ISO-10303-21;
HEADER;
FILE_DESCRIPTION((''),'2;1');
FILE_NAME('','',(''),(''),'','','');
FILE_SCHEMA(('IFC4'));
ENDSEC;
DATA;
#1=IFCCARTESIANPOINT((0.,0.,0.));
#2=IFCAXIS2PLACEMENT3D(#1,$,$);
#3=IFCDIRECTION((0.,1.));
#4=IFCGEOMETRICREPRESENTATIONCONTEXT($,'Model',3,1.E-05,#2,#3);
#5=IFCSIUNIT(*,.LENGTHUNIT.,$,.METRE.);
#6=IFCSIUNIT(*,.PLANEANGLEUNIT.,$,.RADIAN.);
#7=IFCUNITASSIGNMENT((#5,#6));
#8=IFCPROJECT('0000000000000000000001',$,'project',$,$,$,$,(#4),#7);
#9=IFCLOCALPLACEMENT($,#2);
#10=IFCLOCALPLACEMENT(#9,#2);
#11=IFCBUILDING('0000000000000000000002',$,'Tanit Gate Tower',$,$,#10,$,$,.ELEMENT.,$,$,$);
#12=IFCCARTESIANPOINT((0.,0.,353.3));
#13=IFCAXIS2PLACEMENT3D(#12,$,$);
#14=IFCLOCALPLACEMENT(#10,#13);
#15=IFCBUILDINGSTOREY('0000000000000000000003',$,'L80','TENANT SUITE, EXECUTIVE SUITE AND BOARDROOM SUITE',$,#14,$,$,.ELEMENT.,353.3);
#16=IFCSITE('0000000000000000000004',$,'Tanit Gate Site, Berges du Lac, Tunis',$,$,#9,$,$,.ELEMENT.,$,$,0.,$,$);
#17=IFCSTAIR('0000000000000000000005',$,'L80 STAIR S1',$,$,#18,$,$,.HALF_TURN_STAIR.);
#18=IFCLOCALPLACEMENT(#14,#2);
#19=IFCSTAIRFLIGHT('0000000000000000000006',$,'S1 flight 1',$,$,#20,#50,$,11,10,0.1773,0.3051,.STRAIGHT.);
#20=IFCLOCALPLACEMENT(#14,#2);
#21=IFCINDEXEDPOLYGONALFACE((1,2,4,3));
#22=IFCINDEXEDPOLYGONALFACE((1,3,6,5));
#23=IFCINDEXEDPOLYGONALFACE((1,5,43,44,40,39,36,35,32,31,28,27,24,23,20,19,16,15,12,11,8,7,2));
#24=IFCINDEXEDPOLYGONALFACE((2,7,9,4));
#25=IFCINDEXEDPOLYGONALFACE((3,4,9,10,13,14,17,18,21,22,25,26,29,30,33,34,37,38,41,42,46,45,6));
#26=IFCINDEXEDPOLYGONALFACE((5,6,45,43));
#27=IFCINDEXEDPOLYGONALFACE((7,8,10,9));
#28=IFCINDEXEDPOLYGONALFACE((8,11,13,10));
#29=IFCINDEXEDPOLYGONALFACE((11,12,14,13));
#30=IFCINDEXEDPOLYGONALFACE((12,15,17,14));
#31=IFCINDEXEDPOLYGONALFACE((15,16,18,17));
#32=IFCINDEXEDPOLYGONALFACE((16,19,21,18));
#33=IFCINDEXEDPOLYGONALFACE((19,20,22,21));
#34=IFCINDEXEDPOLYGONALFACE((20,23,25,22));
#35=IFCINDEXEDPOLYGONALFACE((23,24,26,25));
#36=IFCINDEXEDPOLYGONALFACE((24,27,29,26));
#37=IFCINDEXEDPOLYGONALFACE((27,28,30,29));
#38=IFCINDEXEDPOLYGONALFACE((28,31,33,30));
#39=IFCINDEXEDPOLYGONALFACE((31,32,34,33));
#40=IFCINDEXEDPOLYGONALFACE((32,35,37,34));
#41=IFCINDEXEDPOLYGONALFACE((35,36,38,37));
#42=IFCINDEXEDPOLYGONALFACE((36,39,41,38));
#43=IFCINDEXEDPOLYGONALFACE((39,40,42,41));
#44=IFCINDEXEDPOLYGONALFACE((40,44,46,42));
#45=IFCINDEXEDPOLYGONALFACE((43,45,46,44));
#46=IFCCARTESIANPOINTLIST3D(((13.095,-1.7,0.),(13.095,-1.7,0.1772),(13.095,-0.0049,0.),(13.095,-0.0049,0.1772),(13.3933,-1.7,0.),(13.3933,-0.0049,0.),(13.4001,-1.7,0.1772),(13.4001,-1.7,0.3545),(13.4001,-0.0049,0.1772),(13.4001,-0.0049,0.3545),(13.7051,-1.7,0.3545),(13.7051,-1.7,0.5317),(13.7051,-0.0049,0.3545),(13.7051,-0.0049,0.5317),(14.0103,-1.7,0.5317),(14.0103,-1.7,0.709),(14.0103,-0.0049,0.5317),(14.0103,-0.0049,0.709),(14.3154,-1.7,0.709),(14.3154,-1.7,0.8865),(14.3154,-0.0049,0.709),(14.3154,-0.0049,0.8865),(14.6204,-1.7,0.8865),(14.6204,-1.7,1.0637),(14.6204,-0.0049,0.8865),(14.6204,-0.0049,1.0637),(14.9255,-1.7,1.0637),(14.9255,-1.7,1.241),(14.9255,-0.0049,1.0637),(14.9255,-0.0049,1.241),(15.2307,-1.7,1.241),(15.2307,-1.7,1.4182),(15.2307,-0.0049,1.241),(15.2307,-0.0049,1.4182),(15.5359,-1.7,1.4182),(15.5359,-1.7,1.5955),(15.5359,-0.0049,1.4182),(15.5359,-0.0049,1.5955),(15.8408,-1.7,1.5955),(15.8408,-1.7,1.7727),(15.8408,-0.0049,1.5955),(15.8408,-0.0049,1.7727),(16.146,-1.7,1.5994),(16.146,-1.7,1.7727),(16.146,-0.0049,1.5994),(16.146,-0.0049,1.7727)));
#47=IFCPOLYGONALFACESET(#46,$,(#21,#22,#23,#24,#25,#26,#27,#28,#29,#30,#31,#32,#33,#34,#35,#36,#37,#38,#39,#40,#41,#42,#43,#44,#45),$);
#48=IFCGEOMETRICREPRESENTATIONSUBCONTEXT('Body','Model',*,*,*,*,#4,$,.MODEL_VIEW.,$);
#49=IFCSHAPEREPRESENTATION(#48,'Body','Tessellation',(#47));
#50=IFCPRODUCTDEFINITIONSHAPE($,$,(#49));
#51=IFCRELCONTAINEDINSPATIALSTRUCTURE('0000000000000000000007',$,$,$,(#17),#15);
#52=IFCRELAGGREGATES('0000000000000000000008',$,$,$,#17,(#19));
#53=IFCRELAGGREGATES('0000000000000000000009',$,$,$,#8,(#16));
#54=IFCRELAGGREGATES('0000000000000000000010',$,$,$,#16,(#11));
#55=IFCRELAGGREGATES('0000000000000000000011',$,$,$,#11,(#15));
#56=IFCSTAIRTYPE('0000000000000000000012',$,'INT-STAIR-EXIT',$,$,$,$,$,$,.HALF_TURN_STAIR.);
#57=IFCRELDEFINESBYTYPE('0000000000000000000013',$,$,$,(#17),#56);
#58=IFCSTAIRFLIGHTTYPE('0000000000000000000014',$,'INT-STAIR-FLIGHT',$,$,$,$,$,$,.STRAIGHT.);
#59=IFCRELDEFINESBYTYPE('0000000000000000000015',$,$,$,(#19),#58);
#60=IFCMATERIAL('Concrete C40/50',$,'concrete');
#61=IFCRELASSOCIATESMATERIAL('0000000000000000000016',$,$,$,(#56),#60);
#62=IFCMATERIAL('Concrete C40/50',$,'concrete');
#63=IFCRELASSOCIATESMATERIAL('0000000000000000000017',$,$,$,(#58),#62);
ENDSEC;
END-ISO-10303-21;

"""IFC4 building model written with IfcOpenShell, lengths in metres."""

from ifc_helpers import new_model, si_unit, direction, frame, origin, place, context, subcontext, project, spatial, polyline, outline, extrude, material, type_object, element, aggregate, save


model = new_model("IFC4")

# Units and contexts
model_context = context("Model", 3, precision=1e-05, world=origin(), true_north=direction((0.0, 1.0)))
body_context = subcontext(model_context, "Body", "Model", "MODEL_VIEW")
ifc_project = project(units=[si_unit("LENGTHUNIT", "METRE"), si_unit("PLANEANGLEUNIT", "RADIAN")], contexts=[model_context])

# Site, building, storey
site_placement = place(None, origin())
site = spatial("IfcSite", under=ifc_project, at=site_placement, Name="Tanit Gate Site, Berges du Lac, Tunis", CompositionType="ELEMENT", RefElevation=0.0)
building_placement = place(site_placement, origin())
building = spatial("IfcBuilding", under=site, at=building_placement, Name="Tanit Gate Tower", CompositionType="ELEMENT")
storey_placement = place(building_placement, frame((0.0, 0.0, 353.3)))
storey = spatial("IfcBuildingStorey", under=building, at=storey_placement, Name="L80", Description="TENANT SUITE, EXECUTIVE SUITE AND BOARDROOM SUITE", CompositionType="ELEMENT", Elevation=353.3)

# Stair, stair flight
ifc_material_1 = material(Name="Concrete C40/50", Category="concrete")
stair_type = type_object("IfcStairType", Name="INT-STAIR-EXIT", PredefinedType="HALF_TURN_STAIR", material=ifc_material_1)
stair_placement = place(storey_placement, origin())
stair = element("IfcStair", 1, at=stair_placement, inside=storey, type_object=stair_type, Name="L80 STAIR S1", PredefinedType="HALF_TURN_STAIR")
ifc_material_2 = material(Name="Concrete C40/50", Category="concrete")
stair_flight_type = type_object("IfcStairFlightType", Name="INT-STAIR-FLIGHT", PredefinedType="STRAIGHT", material=ifc_material_2)
stair_flight_placement = place(storey_placement, frame((13.095, -0.8525, 0.0), z_axis=(0.0, 0.0, 1.0), x_axis=(1.0, 0.0, 0.0)))
stair_flight = element("IfcStairFlight", 2, at=stair_flight_placement, type_object=stair_flight_type, Name="S1 flight 1", NumberOfRisers=11, NumberOfTreads=10, PredefinedType="STRAIGHT", RiserHeight=0.1773, TreadLength=0.3051, context=body_context, shape_type="SweptSolid", body=[
    extrude(outline(polyline([(0.0, 0.0), (0.0, 0.1772), (0.3052, 0.1772), (0.3052, 0.3545), (0.6101, 0.3545), (0.6101, 0.5317), (0.9153, 0.5317), (0.9153, 0.709), (1.2205, 0.709), (1.2205, 0.8865), (1.5254, 0.8865), (1.5254, 1.0637), (1.8306, 1.0637), (1.8306, 1.241), (2.1357, 1.241), (2.1357, 1.4182), (2.4409, 1.4182), (2.4409, 1.5955), (2.7458, 1.5955), (2.7458, 1.7727), (3.051, 1.7727), (3.051, 1.95), (3.051, 1.5994), (0.2983, 0.0), (0.0, 0.0)])), frame((0.0, 0.8477, 0.0), z_axis=(0.0, -1.0, 0.0), x_axis=(1.0, 0.0, 0.0)), (0.0, 0.0, 1.0), 1.6951),
])
aggregate(stair, [stair_flight])

save(model, "model.ifc")
